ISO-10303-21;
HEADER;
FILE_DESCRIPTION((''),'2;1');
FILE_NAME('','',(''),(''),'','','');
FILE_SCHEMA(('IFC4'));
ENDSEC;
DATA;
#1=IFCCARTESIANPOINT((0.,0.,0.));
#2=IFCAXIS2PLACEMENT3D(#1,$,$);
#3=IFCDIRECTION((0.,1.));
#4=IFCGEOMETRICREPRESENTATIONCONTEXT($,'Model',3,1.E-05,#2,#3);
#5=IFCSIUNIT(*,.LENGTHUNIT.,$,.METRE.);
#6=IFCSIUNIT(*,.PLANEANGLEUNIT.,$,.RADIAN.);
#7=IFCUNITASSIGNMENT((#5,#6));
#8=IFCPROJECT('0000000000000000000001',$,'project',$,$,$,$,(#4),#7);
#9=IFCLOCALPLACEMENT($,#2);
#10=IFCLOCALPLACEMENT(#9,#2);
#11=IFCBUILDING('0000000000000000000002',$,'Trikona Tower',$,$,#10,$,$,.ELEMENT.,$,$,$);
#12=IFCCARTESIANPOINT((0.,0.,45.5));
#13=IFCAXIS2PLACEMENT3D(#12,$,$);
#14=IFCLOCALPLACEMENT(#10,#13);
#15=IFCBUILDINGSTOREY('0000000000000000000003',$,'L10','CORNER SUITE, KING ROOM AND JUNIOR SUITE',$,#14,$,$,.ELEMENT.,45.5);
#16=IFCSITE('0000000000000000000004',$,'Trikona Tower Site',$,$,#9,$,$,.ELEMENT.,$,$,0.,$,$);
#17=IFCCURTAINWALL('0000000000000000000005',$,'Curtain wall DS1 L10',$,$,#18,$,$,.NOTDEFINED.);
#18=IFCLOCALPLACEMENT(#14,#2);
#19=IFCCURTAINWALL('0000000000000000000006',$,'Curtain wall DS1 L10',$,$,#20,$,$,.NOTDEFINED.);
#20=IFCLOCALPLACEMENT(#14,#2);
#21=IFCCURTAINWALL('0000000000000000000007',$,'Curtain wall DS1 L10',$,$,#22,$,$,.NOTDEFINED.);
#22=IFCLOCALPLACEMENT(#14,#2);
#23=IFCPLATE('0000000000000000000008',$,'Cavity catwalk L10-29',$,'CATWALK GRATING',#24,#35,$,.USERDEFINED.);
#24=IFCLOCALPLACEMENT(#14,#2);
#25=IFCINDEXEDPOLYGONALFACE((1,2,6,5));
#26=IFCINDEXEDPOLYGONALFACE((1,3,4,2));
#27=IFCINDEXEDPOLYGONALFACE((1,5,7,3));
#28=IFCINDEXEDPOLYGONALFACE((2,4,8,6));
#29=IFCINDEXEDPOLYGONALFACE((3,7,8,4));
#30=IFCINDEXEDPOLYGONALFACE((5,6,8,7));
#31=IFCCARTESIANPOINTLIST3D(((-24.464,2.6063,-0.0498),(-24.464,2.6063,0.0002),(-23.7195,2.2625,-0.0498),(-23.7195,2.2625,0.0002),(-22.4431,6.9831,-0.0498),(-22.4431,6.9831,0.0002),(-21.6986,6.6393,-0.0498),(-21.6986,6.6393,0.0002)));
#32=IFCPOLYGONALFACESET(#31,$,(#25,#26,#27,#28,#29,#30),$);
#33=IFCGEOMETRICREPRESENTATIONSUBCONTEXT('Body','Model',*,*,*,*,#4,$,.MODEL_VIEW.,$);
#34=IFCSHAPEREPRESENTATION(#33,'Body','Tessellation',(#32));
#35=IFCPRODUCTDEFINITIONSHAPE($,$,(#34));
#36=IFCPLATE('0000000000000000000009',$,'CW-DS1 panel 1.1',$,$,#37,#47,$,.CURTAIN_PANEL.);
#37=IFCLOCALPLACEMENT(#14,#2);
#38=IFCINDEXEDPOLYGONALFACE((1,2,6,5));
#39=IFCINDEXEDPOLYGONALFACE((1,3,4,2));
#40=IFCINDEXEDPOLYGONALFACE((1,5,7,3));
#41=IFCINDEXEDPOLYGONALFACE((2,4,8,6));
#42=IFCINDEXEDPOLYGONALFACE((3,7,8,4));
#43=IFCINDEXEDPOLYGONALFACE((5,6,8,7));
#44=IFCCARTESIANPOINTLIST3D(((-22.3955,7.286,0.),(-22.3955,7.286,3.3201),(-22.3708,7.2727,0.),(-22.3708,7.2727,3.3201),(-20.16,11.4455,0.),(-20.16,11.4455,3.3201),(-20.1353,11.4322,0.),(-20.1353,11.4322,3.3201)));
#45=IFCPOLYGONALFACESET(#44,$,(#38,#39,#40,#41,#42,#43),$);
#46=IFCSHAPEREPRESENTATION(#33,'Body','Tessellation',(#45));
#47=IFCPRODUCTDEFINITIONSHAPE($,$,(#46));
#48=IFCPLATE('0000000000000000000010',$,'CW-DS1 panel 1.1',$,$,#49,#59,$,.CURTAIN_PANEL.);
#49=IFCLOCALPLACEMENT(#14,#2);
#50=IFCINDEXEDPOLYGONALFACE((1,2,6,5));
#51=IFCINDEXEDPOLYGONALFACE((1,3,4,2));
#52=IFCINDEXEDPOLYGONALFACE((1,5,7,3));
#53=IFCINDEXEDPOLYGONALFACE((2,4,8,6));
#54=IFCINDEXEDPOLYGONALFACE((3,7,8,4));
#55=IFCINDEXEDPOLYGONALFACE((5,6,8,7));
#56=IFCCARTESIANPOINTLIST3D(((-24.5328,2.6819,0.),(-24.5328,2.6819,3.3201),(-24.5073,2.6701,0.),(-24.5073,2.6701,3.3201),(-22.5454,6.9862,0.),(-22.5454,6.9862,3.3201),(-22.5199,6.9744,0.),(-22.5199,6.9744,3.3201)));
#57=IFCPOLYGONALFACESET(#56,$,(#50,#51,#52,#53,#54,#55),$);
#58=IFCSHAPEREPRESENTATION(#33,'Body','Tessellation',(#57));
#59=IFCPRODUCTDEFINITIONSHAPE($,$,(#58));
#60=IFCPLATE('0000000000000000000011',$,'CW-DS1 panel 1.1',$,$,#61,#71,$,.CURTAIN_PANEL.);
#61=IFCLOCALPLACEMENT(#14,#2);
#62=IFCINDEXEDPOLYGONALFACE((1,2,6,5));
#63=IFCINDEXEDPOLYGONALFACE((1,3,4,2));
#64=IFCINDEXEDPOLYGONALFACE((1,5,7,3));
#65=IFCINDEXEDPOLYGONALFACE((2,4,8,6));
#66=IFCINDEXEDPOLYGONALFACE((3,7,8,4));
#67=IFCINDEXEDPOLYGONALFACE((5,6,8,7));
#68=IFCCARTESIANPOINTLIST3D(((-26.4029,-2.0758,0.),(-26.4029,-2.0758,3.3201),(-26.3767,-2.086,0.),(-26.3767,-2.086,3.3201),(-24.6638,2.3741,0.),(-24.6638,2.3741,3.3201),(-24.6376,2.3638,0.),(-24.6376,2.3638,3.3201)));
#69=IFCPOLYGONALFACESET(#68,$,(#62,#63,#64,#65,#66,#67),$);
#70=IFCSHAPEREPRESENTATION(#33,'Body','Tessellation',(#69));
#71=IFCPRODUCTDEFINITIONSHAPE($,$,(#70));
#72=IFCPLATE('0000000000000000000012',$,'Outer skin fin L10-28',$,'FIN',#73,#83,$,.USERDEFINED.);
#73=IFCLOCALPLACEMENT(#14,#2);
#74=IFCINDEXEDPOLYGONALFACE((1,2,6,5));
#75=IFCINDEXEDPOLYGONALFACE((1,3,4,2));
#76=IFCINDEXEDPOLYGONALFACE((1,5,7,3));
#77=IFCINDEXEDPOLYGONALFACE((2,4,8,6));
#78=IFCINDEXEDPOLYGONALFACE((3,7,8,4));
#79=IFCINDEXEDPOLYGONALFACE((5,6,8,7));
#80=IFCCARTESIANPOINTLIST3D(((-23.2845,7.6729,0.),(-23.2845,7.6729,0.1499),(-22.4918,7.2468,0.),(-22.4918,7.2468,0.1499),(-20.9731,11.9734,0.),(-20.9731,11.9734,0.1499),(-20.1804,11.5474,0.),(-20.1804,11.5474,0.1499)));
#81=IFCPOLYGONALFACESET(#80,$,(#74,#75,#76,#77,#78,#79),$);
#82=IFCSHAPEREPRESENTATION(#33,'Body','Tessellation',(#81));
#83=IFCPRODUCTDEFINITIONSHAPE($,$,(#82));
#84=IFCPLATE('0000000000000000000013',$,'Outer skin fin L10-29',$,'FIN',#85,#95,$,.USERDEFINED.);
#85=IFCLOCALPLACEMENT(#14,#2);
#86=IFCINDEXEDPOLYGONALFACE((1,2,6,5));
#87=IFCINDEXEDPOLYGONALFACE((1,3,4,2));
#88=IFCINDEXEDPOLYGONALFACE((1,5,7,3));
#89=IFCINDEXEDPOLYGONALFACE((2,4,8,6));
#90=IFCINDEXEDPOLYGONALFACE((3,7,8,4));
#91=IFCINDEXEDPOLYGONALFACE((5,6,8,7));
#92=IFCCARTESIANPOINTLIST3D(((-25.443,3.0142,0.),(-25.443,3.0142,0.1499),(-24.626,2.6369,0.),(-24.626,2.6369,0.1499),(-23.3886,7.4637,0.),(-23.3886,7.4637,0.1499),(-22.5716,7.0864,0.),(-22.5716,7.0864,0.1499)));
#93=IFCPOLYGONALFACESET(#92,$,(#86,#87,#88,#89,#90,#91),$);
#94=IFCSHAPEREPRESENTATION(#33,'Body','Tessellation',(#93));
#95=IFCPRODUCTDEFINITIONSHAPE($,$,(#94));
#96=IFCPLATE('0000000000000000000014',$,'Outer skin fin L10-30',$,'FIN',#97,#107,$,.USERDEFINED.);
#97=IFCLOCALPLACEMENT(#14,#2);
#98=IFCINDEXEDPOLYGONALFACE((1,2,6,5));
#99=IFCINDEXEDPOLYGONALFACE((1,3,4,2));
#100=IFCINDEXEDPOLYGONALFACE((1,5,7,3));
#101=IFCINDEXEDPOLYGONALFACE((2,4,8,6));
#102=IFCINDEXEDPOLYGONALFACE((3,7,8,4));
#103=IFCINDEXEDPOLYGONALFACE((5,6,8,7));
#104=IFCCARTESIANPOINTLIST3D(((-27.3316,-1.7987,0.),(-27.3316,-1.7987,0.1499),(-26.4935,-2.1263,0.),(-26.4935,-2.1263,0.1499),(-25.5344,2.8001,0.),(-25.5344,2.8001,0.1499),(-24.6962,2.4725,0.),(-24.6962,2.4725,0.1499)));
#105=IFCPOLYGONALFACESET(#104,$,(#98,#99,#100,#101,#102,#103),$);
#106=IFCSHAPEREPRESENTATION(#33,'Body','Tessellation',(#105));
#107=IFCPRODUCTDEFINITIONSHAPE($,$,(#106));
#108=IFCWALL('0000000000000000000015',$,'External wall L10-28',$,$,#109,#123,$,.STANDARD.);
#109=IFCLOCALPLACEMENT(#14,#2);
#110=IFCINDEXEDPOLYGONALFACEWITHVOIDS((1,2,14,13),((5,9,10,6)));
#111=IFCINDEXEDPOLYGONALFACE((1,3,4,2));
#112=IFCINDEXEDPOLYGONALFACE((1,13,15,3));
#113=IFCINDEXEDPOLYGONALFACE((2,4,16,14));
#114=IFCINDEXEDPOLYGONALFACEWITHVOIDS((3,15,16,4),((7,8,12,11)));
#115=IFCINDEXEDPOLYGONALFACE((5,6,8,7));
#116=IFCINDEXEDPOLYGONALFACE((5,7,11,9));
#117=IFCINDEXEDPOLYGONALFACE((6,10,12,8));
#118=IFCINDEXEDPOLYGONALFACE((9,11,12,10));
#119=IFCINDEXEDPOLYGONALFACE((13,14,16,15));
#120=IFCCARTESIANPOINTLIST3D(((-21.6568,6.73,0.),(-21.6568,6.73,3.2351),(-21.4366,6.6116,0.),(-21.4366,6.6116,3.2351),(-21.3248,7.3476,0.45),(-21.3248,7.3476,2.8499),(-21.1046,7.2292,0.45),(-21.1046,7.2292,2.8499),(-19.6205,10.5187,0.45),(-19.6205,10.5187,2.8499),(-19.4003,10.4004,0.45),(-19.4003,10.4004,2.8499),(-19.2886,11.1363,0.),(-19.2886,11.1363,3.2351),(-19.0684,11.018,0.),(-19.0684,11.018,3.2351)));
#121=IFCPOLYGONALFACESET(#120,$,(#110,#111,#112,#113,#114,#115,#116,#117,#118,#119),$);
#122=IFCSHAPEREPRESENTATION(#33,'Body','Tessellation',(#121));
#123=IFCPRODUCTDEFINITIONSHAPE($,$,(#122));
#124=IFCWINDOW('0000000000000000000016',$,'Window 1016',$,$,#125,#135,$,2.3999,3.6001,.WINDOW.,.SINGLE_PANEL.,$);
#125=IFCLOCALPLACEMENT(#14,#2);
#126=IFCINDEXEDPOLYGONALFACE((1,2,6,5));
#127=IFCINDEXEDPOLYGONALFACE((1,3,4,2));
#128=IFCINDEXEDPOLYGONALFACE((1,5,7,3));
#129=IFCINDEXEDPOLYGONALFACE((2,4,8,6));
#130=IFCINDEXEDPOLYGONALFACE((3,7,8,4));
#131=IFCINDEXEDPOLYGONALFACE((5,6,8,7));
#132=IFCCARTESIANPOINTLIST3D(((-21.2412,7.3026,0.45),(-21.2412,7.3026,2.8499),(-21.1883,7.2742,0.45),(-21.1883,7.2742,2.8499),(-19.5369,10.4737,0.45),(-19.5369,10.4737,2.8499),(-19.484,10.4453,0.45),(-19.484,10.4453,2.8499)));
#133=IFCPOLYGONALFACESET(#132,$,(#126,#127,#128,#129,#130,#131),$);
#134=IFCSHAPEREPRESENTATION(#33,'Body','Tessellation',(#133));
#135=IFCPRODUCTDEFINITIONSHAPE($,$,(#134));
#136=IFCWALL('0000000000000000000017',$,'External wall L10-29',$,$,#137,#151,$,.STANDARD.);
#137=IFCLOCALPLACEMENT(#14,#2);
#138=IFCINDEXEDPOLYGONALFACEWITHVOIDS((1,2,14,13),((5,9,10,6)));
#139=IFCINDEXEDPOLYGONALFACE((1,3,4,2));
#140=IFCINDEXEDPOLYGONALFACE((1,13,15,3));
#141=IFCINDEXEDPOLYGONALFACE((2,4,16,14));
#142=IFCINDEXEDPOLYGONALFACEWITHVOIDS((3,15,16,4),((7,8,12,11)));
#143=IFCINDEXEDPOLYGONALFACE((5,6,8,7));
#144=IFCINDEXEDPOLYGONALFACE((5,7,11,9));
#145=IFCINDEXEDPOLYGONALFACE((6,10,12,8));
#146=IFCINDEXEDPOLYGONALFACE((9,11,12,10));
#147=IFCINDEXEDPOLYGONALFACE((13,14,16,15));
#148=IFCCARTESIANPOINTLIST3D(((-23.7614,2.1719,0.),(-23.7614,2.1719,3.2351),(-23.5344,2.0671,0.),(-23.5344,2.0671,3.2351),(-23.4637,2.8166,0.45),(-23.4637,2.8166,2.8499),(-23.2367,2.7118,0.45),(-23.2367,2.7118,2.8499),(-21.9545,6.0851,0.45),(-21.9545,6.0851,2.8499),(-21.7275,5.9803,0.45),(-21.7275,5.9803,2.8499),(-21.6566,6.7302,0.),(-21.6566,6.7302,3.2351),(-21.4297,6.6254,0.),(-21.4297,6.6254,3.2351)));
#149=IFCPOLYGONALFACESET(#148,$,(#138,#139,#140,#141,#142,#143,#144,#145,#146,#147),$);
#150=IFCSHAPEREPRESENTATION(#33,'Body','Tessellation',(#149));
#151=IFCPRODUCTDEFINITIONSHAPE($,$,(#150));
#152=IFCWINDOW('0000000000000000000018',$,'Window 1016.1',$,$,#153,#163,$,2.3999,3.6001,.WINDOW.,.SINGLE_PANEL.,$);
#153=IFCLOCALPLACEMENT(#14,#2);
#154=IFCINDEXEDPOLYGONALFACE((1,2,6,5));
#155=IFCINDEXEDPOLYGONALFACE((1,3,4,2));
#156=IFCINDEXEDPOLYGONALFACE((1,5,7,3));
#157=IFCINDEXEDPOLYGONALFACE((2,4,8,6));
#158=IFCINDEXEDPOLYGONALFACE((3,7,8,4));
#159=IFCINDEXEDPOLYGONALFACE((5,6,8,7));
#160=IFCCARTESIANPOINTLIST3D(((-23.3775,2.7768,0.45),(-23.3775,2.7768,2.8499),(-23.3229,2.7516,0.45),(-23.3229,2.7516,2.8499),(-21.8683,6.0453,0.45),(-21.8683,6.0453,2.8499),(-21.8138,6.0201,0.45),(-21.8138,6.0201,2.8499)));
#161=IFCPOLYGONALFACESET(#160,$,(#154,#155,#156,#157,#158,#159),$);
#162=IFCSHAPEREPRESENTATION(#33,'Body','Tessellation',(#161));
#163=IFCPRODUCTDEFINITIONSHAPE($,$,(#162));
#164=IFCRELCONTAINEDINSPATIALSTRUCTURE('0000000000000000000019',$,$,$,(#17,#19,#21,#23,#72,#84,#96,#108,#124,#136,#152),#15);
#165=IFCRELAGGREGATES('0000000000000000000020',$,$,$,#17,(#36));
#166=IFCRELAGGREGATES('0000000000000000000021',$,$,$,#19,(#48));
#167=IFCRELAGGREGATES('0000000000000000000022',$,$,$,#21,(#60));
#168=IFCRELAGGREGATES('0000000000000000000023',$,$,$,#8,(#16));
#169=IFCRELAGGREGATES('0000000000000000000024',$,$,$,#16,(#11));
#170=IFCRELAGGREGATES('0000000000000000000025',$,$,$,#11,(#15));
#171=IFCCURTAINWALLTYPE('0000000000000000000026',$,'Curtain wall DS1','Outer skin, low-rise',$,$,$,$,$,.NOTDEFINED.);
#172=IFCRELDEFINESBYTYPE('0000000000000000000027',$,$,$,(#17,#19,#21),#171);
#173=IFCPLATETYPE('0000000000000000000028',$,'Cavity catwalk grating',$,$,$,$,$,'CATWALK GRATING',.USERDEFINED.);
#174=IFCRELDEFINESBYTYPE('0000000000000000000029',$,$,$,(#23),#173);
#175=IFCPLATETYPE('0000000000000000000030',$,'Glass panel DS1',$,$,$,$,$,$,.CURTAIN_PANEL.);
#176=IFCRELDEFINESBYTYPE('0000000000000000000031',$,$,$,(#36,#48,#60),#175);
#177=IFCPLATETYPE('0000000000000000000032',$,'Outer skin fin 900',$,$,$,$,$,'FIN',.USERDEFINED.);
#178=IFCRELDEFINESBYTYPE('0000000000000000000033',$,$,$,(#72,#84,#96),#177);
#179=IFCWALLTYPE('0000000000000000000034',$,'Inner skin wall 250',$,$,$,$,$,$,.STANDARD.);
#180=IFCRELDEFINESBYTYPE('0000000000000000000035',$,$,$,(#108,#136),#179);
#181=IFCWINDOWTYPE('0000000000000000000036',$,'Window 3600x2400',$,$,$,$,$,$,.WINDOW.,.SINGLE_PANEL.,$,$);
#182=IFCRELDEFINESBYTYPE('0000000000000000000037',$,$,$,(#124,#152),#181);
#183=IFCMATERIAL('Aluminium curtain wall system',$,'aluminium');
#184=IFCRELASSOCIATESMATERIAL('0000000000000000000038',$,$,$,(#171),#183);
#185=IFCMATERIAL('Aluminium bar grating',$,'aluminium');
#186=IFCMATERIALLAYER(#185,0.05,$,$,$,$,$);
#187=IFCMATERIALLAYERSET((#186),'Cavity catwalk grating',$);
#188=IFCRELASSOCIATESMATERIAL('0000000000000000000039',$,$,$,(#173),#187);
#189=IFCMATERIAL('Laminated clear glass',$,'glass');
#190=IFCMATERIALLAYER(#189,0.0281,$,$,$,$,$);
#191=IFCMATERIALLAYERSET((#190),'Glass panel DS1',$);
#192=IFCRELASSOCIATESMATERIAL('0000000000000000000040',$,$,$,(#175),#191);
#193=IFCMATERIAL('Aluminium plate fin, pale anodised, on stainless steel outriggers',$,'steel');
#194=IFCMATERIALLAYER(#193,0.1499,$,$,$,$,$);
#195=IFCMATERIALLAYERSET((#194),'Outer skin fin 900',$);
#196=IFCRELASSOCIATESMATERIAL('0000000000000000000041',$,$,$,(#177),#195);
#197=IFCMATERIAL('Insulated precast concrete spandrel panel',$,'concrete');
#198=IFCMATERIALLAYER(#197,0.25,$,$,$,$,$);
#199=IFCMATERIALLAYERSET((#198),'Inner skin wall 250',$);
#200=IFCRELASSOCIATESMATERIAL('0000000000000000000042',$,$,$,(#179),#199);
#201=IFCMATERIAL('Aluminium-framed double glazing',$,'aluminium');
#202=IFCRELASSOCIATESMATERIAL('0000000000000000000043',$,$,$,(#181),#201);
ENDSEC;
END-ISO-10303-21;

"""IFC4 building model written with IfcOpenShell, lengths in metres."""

from ifc_helpers import new_model, si_unit, direction, frame, frame_2d, origin, origin_2d, place, context, subcontext, project, spatial, rectangle, extrude, material, layer, layer_set, type_object, element, fill, aggregate, save


model = new_model("IFC4")

# Units and contexts
model_context = context("Model", 3, precision=1e-05, world=origin(), true_north=direction((0.0, 1.0)))
body_context = subcontext(model_context, "Body", "Model", "MODEL_VIEW")
ifc_project = project(units=[si_unit("LENGTHUNIT", "METRE"), si_unit("PLANEANGLEUNIT", "RADIAN")], contexts=[model_context])

# Site, building, storey
site_placement = place(None, origin())
site = spatial("IfcSite", under=ifc_project, at=site_placement, Name="Trikona Tower Site", CompositionType="ELEMENT", RefElevation=0.0)
building_placement = place(site_placement, origin())
building = spatial("IfcBuilding", under=site, at=building_placement, Name="Trikona Tower", CompositionType="ELEMENT")
storey_placement = place(building_placement, frame((0.0, 0.0, 45.5)))
storey = spatial("IfcBuildingStorey", under=building, at=storey_placement, Name="L10", Description="CORNER SUITE, KING ROOM AND JUNIOR SUITE", CompositionType="ELEMENT", Elevation=45.5)

# Shared definitions
ifc_material_1 = material(Name="Aluminium curtain wall system", Category="aluminium")
curtain_wall_type = type_object("IfcCurtainWallType", Name="Curtain wall DS1", Description="Outer skin, low-rise", PredefinedType="NOTDEFINED", material=ifc_material_1)

# Curtain walls
curtain_wall_1_placement = place(storey_placement, origin())
curtain_wall_1 = element("IfcCurtainWall", 1, at=curtain_wall_1_placement, inside=storey, type_object=curtain_wall_type, Name="Curtain wall DS1 L10", PredefinedType="NOTDEFINED")
curtain_wall_2_placement = place(storey_placement, origin())
curtain_wall_2 = element("IfcCurtainWall", 2, at=curtain_wall_2_placement, inside=storey, type_object=curtain_wall_type, Name="Curtain wall DS1 L10", PredefinedType="NOTDEFINED")

# Curtain wall
curtain_wall_3_placement = place(storey_placement, origin())
curtain_wall_3 = element("IfcCurtainWall", 3, at=curtain_wall_3_placement, inside=storey, type_object=curtain_wall_type, Name="Curtain wall DS1 L10", PredefinedType="NOTDEFINED")

# Plate
ifc_material_2 = material(Name="Aluminium bar grating", Category="aluminium")
ifc_layer_1 = layer(ifc_material_2, 0.05)
ifc_layer_set_1 = layer_set([ifc_layer_1], Name="Cavity catwalk grating")
plate_type_1 = type_object("IfcPlateType", Name="Cavity catwalk grating", ElementType="CATWALK GRATING", PredefinedType="USERDEFINED", material=ifc_layer_set_1)
plate_1_placement = place(storey_placement, frame((-23.0813, 4.6228, -0.0498), z_axis=(0.0, 0.0, 1.0), x_axis=(-0.419194, -0.907897, 0.0)))
element("IfcPlate", 4, at=plate_1_placement, inside=storey, type_object=plate_type_1, Name="Cavity catwalk L10-29", ObjectType="CATWALK GRATING", PredefinedType="USERDEFINED", context=body_context, shape_type="SweptSolid", body=[
    extrude(rectangle(XDim=4.8208, YDim=0.8201, at=origin_2d()), origin(), (0.0, 0.0, 1.0), 0.05),
])

# Plates
ifc_material_3 = material(Name="Laminated clear glass", Category="glass")
ifc_layer_2 = layer(ifc_material_3, 0.0281)
ifc_layer_set_2 = layer_set([ifc_layer_2], Name="Glass panel DS1")
plate_type_2 = type_object("IfcPlateType", Name="Glass panel DS1", PredefinedType="CURTAIN_PANEL", material=ifc_layer_set_2)
plate_2_placement = place(storey_placement, frame((-21.2654, 9.3591, 0.0), z_axis=(0.0, 0.0, 1.0), x_axis=(-0.473408, -0.880843, 0.0)))
plate_2 = element("IfcPlate", 5, at=plate_2_placement, type_object=plate_type_2, Name="CW-DS1 panel 1.1", PredefinedType="CURTAIN_PANEL", context=body_context, shape_type="SweptSolid", body=[
    extrude(rectangle(XDim=4.7222, YDim=0.0281, at=origin_2d()), origin(), (0.0, 0.0, 1.0), 3.3201),
])
aggregate(curtain_wall_1, [plate_2])
plate_3_placement = place(storey_placement, frame((-23.5264, 4.8281, 0.0), z_axis=(0.0, 0.0, 1.0), x_axis=(-0.41919, -0.907898, 0.0)))
plate_3 = element("IfcPlate", 6, at=plate_3_placement, type_object=plate_type_2, Name="CW-DS1 panel 1.1", PredefinedType="CURTAIN_PANEL", context=body_context, shape_type="SweptSolid", body=[
    extrude(rectangle(XDim=4.741, YDim=0.0281, at=origin_2d()), origin(), (0.0, 0.0, 1.0), 3.3201),
])
aggregate(curtain_wall_2, [plate_3])
plate_4_placement = place(storey_placement, frame((-25.5203, 0.144, 0.0), z_axis=(0.0, 0.0, 1.0), x_axis=(-0.364008, -0.931396, 0.0)))
plate_4 = element("IfcPlate", 7, at=plate_4_placement, type_object=plate_type_2, Name="CW-DS1 panel 1.1", PredefinedType="CURTAIN_PANEL", context=body_context, shape_type="SweptSolid", body=[
    extrude(rectangle(XDim=4.7776, YDim=0.0281, at=origin_2d()), origin(), (0.0, 0.0, 1.0), 3.3201),
])
aggregate(curtain_wall_3, [plate_4])

# Plates
ifc_material_4 = material(Name="Aluminium plate fin, pale anodised, on stainless steel outriggers", Category="steel")
ifc_layer_3 = layer(ifc_material_4, 0.1499)
ifc_layer_set_3 = layer_set([ifc_layer_3], Name="Outer skin fin 900")
plate_type_3 = type_object("IfcPlateType", Name="Outer skin fin 900", ElementType="FIN", PredefinedType="USERDEFINED", material=ifc_layer_set_3)
plate_5_placement = place(storey_placement, frame((-21.7324, 9.6101, 0.0), z_axis=(0.0, 0.0, 1.0), x_axis=(-0.473423, -0.880835, 0.0)))
element("IfcPlate", 8, at=plate_5_placement, inside=storey, type_object=plate_type_3, Name="Outer skin fin L10-28", ObjectType="FIN", PredefinedType="USERDEFINED", context=body_context, shape_type="SweptSolid", body=[
    extrude(rectangle(XDim=4.8823, YDim=0.8999, at=origin_2d()), origin(), (0.0, 0.0, 1.0), 0.1499),
])
plate_6_placement = place(storey_placement, frame((-24.0073, 5.0503, 0.0), z_axis=(0.0, 0.0, 1.0), x_axis=(-0.419194, -0.907897, 0.0)))
element("IfcPlate", 9, at=plate_6_placement, inside=storey, type_object=plate_type_3, Name="Outer skin fin L10-29", ObjectType="FIN", PredefinedType="USERDEFINED", context=body_context, shape_type="SweptSolid", body=[
    extrude(rectangle(XDim=4.9009, YDim=0.8999, at=origin_2d()), origin(), (0.0, 0.0, 1.0), 0.1499),
])
plate_7_placement = place(storey_placement, frame((-26.0139, 0.3369, 0.0), z_axis=(0.0, 0.0, 1.0), x_axis=(-0.364009, -0.931395, 0.0)))
element("IfcPlate", 10, at=plate_7_placement, inside=storey, type_object=plate_type_3, Name="Outer skin fin L10-30", ObjectType="FIN", PredefinedType="USERDEFINED", context=body_context, shape_type="SweptSolid", body=[
    extrude(rectangle(XDim=4.9375, YDim=0.8999, at=origin_2d()), origin(), (0.0, 0.0, 1.0), 0.1499),
])

# Walls, openings, windows
ifc_material_5 = material(Name="Insulated precast concrete spandrel panel", Category="concrete")
ifc_layer_4 = layer(ifc_material_5, 0.25)
ifc_layer_set_4 = layer_set([ifc_layer_4], Name="Inner skin wall 250")
wall_type = type_object("IfcWallType", Name="Inner skin wall 250", PredefinedType="STANDARD", material=ifc_layer_set_4)
wall_1_placement = place(storey_placement, frame((-19.1785, 11.0771, 0.0), z_axis=(0.0, 0.0, 1.0), x_axis=(-0.473413, -0.880841, 0.0)))
wall_1 = element("IfcWall", 11, at=wall_1_placement, inside=storey, type_object=wall_type, Name="External wall L10-28", PredefinedType="STANDARD", context=body_context, shape_type="SweptSolid", body=[
    extrude(rectangle(XDim=5.0024, YDim=0.25, at=frame_2d((2.5012, 0.0))), origin(), (0.0, 0.0, 1.0), 3.2351),
])
opening_1_placement = place(wall_1_placement, frame((0.7012, 0.0, 0.45)))
opening_1 = element("IfcOpeningElement", 12, at=opening_1_placement, cuts=wall_1, PredefinedType="OPENING", context=body_context, shape_type="SweptSolid", body=[
    extrude(rectangle(XDim=3.6001, YDim=2.3999, at=frame_2d((1.8, 1.2))), frame((0.0, 0.135, 0.0), z_axis=(0.0, -1.0, 0.0), x_axis=(1.0, 0.0, 0.0)), (0.0, 0.0, 1.0), 0.27),
])
ifc_material_6 = material(Name="Aluminium-framed double glazing", Category="aluminium")
window_type = type_object("IfcWindowType", Name="Window 3600x2400", PartitioningType="SINGLE_PANEL", PredefinedType="WINDOW", material=ifc_material_6)
window_1_placement = place(opening_1_placement, origin())
window_1 = element("IfcWindow", 13, at=window_1_placement, inside=storey, type_object=window_type, Name="Window 1016", OverallHeight=2.3999, OverallWidth=3.6001, PartitioningType="SINGLE_PANEL", PredefinedType="WINDOW", context=body_context, shape_type="SweptSolid", body=[
    extrude(rectangle(XDim=3.6001, YDim=2.3999, at=frame_2d((1.8, 1.2))), frame((0.0, 0.03, 0.0), z_axis=(0.0, -1.0, 0.0), x_axis=(1.0, 0.0, 0.0)), (0.0, 0.0, 1.0), 0.0601),
])
fill(opening_1, window_1)
wall_2_placement = place(storey_placement, frame((-21.5432, 6.6777, 0.0), z_axis=(0.0, 0.0, 1.0), x_axis=(-0.419203, -0.907892, 0.0)))
wall_2 = element("IfcWall", 14, at=wall_2_placement, inside=storey, type_object=wall_type, Name="External wall L10-29", PredefinedType="STANDARD", context=body_context, shape_type="SweptSolid", body=[
    extrude(rectangle(XDim=5.0208, YDim=0.25, at=frame_2d((2.5103, 0.0))), origin(), (0.0, 0.0, 1.0), 3.2351),
])
opening_2_placement = place(wall_2_placement, frame((0.7104, 0.0, 0.45)))
opening_2 = element("IfcOpeningElement", 15, at=opening_2_placement, cuts=wall_2, PredefinedType="OPENING", context=body_context, shape_type="SweptSolid", body=[
    extrude(rectangle(XDim=3.6001, YDim=2.3999, at=frame_2d((1.8, 1.2))), frame((0.0, 0.135, 0.0), z_axis=(0.0, -1.0, 0.0), x_axis=(1.0, 0.0, 0.0)), (0.0, 0.0, 1.0), 0.27),
])
window_2_placement = place(opening_2_placement, origin())
window_2 = element("IfcWindow", 16, at=window_2_placement, inside=storey, type_object=window_type, Name="Window 1016.1", OverallHeight=2.3999, OverallWidth=3.6001, PartitioningType="SINGLE_PANEL", PredefinedType="WINDOW", context=body_context, shape_type="SweptSolid", body=[
    extrude(rectangle(XDim=3.6001, YDim=2.3999, at=frame_2d((1.8, 1.2))), frame((0.0, 0.03, 0.0), z_axis=(0.0, -1.0, 0.0), x_axis=(1.0, 0.0, 0.0)), (0.0, 0.0, 1.0), 0.0601),
])
fill(opening_2, window_2)

save(model, "model.ifc")
